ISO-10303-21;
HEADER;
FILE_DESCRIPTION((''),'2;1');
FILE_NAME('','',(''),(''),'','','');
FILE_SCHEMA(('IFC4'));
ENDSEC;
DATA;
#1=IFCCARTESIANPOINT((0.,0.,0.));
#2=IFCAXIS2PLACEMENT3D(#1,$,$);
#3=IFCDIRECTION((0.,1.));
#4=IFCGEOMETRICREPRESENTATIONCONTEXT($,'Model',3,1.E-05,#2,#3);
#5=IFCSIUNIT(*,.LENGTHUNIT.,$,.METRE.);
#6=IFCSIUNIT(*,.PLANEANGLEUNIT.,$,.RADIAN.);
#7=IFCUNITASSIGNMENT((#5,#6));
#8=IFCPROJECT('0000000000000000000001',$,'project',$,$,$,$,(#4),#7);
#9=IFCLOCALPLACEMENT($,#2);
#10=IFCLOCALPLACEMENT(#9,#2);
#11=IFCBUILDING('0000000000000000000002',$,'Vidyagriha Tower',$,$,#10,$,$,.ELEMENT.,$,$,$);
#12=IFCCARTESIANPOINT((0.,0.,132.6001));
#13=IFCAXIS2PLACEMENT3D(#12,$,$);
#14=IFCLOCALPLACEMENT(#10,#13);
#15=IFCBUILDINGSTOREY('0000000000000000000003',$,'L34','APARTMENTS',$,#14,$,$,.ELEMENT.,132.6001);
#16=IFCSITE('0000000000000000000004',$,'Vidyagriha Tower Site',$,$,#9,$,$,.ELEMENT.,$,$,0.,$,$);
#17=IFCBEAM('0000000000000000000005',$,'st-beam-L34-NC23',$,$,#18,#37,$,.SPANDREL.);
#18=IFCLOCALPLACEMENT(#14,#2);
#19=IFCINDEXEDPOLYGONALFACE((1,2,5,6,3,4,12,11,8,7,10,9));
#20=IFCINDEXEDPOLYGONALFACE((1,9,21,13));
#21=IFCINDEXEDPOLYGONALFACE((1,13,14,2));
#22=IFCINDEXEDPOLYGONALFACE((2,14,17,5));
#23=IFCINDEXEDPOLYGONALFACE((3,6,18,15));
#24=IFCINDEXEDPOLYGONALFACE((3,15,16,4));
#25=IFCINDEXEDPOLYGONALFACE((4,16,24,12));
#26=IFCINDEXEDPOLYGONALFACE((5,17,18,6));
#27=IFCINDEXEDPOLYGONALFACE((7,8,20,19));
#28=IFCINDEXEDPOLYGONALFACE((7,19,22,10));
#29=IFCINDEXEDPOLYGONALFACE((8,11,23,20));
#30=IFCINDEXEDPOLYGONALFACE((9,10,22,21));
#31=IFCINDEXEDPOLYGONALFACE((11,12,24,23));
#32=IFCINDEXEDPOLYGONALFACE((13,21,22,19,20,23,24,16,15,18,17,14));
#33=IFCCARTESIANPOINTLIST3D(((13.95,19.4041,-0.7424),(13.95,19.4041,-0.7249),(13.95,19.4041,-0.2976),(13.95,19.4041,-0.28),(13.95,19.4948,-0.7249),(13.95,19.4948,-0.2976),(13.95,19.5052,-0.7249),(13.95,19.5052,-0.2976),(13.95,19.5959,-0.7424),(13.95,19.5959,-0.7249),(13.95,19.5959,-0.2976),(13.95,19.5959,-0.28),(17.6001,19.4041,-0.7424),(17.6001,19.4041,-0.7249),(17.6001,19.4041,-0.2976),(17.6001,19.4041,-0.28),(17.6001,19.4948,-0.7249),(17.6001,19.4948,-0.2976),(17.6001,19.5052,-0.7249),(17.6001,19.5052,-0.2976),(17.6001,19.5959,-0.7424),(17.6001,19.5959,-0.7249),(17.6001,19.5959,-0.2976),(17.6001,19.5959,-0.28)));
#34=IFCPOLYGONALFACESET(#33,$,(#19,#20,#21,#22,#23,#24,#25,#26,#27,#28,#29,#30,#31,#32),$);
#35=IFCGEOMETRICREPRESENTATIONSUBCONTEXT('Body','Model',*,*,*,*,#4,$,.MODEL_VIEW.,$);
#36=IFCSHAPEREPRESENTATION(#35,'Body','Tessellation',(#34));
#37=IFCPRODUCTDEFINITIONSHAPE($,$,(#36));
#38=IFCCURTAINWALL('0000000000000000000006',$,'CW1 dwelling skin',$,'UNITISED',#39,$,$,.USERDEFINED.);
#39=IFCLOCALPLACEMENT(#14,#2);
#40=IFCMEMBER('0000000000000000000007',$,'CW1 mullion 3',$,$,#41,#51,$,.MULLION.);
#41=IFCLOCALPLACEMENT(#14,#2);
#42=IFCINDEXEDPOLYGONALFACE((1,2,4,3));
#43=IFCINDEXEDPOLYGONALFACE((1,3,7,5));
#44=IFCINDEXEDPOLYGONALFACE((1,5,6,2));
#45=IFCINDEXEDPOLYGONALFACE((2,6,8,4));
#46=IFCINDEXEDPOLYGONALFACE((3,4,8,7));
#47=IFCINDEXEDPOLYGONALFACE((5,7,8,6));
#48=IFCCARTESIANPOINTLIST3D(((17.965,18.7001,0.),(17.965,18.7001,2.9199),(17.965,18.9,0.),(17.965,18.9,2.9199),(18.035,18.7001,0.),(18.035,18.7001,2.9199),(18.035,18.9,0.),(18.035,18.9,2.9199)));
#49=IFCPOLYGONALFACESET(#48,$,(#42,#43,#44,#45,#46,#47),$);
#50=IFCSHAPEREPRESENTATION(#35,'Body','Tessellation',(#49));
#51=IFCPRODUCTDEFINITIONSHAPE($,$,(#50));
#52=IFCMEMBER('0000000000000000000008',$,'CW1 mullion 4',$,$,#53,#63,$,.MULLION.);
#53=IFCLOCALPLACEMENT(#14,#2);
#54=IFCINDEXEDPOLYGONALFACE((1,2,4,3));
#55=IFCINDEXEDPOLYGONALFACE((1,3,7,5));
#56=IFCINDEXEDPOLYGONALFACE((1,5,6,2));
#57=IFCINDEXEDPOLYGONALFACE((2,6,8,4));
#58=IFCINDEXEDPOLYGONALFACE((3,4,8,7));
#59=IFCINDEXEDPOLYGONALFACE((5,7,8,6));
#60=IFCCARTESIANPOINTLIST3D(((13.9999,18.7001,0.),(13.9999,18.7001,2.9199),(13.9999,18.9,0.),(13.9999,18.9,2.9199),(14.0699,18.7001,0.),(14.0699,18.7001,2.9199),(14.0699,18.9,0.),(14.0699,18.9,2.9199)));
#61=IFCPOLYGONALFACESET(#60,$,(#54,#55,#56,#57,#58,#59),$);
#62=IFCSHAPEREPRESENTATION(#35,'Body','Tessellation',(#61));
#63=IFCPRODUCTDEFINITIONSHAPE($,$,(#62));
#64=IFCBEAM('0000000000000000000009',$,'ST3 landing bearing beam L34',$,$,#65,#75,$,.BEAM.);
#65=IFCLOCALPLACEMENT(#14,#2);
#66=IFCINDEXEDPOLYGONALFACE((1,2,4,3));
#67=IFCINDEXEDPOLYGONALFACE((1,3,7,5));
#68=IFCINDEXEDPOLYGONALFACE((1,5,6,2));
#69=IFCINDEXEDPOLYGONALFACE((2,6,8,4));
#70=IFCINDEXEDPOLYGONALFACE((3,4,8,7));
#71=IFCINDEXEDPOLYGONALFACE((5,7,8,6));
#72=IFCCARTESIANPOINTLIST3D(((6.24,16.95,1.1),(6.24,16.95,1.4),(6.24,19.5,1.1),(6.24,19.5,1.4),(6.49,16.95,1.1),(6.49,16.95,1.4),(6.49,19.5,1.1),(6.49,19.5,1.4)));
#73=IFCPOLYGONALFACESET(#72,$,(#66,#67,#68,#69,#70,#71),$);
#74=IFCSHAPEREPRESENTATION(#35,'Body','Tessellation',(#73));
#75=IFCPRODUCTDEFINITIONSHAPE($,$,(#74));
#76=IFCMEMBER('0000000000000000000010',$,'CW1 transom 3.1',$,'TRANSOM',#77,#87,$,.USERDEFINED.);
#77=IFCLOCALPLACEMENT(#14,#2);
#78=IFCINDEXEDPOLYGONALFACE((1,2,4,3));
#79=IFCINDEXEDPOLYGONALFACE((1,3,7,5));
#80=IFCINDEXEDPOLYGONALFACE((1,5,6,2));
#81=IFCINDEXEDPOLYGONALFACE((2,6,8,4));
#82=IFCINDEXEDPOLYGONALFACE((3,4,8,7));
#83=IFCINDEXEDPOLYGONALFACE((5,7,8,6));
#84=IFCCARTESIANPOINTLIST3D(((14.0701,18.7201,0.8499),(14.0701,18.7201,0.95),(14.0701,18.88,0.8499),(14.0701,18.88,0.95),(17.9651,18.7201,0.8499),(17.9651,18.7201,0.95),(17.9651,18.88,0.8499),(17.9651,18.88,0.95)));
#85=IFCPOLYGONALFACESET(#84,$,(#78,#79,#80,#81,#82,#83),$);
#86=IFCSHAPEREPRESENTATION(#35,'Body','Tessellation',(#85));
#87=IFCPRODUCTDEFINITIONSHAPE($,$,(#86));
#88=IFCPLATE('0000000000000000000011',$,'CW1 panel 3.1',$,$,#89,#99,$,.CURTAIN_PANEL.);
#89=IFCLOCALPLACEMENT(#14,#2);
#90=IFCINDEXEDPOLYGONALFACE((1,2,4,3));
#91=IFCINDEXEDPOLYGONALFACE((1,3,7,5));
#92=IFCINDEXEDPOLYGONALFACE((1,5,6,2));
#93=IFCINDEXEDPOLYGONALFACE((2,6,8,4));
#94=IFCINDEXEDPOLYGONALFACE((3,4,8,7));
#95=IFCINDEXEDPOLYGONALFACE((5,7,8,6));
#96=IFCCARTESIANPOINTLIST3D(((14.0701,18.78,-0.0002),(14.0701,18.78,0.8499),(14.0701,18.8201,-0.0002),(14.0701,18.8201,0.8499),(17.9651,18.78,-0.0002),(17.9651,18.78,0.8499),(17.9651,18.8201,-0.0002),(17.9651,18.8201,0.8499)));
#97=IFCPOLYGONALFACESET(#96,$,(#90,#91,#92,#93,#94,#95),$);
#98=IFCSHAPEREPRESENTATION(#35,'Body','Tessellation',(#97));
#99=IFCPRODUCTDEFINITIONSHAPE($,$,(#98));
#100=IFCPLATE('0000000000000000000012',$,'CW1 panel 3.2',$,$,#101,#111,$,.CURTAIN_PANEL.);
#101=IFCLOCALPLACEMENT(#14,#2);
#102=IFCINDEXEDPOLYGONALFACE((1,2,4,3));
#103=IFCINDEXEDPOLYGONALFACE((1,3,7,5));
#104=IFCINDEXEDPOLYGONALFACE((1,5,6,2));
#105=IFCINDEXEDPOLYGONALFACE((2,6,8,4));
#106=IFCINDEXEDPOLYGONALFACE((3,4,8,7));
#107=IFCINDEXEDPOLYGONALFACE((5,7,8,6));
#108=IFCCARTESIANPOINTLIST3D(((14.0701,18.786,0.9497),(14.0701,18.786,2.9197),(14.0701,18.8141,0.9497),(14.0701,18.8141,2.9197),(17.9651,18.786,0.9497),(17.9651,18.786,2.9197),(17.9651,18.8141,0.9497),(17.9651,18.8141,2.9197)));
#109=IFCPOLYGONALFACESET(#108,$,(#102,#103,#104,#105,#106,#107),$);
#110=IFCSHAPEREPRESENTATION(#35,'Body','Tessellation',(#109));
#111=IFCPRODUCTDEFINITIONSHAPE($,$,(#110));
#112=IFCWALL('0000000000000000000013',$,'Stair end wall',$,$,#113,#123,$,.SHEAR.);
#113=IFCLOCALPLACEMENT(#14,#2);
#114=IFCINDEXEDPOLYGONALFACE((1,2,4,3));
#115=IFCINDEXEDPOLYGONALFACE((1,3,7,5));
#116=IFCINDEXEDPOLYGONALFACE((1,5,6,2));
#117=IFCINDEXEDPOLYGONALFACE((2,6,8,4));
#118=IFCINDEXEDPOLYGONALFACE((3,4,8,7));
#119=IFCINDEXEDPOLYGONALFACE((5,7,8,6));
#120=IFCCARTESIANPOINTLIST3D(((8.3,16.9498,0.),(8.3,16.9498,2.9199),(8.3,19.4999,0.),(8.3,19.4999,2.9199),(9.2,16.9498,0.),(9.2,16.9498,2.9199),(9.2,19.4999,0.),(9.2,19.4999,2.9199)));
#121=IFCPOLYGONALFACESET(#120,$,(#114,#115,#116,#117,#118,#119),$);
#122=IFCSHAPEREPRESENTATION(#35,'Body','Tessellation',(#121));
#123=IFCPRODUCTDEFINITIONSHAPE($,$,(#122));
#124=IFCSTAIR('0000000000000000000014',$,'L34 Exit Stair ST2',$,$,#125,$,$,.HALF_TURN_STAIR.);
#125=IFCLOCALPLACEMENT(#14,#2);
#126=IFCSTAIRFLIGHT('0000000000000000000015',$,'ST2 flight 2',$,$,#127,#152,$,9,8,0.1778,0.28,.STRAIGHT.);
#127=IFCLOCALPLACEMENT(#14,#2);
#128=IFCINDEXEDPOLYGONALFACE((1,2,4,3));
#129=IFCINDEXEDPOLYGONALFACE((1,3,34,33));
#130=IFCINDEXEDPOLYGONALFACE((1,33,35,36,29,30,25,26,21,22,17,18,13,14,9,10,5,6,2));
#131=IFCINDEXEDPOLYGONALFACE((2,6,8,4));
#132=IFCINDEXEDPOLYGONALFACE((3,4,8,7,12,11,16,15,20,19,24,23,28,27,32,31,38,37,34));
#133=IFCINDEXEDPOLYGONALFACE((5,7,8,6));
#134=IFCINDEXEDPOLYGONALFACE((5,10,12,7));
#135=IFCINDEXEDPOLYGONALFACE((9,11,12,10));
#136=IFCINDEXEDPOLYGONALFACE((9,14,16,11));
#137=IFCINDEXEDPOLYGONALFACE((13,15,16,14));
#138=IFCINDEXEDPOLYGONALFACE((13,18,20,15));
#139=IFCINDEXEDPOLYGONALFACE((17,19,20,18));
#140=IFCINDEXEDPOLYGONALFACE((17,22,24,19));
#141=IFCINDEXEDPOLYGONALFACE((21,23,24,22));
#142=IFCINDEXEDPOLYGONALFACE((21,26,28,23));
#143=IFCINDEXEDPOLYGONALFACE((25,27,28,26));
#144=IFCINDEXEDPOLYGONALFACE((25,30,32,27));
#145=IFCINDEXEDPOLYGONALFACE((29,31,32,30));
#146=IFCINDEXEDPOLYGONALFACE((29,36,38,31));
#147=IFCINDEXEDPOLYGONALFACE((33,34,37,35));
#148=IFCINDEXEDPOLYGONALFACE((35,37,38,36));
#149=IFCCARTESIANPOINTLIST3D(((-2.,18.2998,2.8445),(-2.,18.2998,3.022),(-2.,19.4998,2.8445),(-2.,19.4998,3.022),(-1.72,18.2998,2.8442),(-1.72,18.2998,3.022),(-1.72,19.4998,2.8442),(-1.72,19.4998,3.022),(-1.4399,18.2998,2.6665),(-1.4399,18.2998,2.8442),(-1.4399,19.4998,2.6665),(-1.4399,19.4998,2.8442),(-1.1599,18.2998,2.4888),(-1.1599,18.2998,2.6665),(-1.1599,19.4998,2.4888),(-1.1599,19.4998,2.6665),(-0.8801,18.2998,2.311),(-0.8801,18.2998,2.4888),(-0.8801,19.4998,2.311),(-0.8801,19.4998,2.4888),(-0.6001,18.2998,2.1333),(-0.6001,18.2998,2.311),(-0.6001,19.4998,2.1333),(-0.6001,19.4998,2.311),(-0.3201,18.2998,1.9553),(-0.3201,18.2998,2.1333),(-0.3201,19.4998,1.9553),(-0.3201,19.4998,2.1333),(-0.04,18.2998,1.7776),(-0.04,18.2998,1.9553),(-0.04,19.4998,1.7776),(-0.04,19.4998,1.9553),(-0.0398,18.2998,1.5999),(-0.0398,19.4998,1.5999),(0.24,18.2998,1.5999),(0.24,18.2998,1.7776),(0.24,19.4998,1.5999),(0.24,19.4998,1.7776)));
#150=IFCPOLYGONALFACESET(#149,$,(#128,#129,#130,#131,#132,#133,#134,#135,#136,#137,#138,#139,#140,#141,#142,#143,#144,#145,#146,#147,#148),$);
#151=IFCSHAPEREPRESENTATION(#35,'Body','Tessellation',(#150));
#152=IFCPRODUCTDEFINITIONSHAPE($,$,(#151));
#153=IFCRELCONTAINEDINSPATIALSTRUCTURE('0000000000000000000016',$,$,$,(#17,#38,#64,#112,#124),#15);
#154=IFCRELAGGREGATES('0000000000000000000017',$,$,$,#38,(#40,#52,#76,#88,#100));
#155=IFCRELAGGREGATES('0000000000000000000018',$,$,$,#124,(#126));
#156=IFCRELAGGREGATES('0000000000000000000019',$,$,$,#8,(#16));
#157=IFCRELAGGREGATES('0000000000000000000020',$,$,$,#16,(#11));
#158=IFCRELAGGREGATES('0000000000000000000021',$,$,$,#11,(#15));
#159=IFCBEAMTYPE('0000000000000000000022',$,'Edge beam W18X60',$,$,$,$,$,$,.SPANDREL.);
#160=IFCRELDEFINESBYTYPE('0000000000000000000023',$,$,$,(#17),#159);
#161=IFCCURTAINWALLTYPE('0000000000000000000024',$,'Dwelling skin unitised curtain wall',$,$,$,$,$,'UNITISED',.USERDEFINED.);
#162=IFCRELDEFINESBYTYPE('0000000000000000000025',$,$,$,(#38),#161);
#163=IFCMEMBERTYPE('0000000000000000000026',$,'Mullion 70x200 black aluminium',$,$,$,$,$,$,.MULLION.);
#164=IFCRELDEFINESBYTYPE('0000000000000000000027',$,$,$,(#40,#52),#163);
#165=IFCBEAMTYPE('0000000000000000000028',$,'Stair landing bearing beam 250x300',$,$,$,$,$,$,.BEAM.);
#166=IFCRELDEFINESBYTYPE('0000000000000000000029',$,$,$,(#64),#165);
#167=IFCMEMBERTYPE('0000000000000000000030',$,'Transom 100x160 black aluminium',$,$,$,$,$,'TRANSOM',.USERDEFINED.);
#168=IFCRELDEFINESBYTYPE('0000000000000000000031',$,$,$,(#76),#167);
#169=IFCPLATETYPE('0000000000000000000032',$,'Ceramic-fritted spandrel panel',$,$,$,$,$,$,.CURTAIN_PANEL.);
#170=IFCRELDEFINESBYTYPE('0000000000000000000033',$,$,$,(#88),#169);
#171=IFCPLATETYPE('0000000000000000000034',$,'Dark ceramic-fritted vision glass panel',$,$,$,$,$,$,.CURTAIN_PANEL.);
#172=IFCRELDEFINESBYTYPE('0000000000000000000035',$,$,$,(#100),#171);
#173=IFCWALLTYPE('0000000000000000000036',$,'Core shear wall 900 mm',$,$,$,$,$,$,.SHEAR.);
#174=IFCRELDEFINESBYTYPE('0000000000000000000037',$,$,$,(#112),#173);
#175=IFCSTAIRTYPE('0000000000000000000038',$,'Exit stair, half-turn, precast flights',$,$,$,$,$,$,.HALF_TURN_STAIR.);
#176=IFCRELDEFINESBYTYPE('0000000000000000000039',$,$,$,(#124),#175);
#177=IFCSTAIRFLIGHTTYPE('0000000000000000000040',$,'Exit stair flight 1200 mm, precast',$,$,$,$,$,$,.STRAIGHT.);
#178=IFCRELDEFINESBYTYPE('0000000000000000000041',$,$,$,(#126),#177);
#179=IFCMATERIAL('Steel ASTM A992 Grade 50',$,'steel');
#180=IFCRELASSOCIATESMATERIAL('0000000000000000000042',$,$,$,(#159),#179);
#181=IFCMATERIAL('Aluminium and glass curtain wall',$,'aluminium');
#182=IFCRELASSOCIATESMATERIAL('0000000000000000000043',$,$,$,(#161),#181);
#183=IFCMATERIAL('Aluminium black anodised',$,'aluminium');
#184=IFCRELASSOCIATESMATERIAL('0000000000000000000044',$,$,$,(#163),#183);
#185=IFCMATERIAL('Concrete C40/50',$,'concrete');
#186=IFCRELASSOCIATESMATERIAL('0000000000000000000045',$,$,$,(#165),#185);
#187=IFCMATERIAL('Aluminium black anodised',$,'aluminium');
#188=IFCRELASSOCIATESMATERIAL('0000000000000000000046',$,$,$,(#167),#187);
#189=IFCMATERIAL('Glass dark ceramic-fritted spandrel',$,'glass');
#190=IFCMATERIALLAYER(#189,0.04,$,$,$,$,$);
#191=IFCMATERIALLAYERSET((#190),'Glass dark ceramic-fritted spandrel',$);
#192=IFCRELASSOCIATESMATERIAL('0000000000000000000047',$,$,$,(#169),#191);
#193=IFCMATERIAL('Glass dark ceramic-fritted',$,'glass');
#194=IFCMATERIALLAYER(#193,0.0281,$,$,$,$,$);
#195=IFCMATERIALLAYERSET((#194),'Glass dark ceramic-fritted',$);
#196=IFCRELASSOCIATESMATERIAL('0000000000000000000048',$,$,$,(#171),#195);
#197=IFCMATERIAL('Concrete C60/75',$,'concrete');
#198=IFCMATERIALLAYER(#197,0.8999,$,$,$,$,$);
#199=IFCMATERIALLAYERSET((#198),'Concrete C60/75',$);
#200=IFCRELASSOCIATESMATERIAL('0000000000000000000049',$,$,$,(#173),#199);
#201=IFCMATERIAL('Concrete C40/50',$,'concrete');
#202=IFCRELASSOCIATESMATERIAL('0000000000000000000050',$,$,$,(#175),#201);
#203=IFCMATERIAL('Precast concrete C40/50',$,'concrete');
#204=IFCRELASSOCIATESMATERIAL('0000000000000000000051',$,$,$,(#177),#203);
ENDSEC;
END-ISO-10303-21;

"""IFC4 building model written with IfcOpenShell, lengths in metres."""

from ifc_helpers import new_model, si_unit, direction, frame, frame_2d, origin, origin_2d, place, context, subcontext, project, spatial, polyline, rectangle, i_section, outline, extrude, material, layer, layer_set, material_profile, profile_set, type_object, element, aggregate, save


model = new_model("IFC4")

# Units and contexts
model_context = context("Model", 3, precision=1e-05, world=origin(), true_north=direction((0.0, 1.0)))
body_context = subcontext(model_context, "Body", "Model", "MODEL_VIEW")
ifc_project = project(units=[si_unit("LENGTHUNIT", "METRE"), si_unit("PLANEANGLEUNIT", "RADIAN")], contexts=[model_context])

# Site, building, storey
site_placement = place(None, origin())
site = spatial("IfcSite", under=ifc_project, at=site_placement, Name="Vidyagriha Tower Site", CompositionType="ELEMENT", RefElevation=0.0)
building_placement = place(site_placement, origin())
building = spatial("IfcBuilding", under=site, at=building_placement, Name="Vidyagriha Tower", CompositionType="ELEMENT")
storey_placement = place(building_placement, frame((0.0, 0.0, 132.6001)))
storey = spatial("IfcBuildingStorey", under=building, at=storey_placement, Name="L34", Description="APARTMENTS", CompositionType="ELEMENT", Elevation=132.6001)

# Beam
ifc_material_1 = material(Name="Steel ASTM A992 Grade 50", Category="steel")
ifc_material_profile_1 = material_profile(ifc_material_1, i_section(OverallWidth=0.1919, OverallDepth=0.4624, WebThickness=0.0105, FlangeThickness=0.0176, at=origin_2d()), Name="W18X60")
ifc_profile_set_1 = profile_set([ifc_material_profile_1], Name="Steel ASTM A992 Grade 50")
beam_type_1 = type_object("IfcBeamType", Name="Edge beam W18X60", PredefinedType="SPANDREL", material=ifc_profile_set_1)
beam_1_placement = place(storey_placement, frame((13.95, 19.5, -0.5112), z_axis=(1.0, 0.0, 0.0), x_axis=(0.0, 1.0, 0.0)))
element("IfcBeam", 1, at=beam_1_placement, inside=storey, type_object=beam_type_1, Name="st-beam-L34-NC23", PredefinedType="SPANDREL", context=body_context, shape_type="SweptSolid", body=[
    extrude(i_section(OverallWidth=0.1919, OverallDepth=0.4624, WebThickness=0.0105, FlangeThickness=0.0176, at=origin_2d()), origin(), (0.0, 0.0, 1.0), 3.6501),
])

# Curtain wall, members
ifc_material_2 = material(Name="Aluminium and glass curtain wall", Category="aluminium")
curtain_wall_type = type_object("IfcCurtainWallType", Name="Dwelling skin unitised curtain wall", ElementType="UNITISED", PredefinedType="USERDEFINED", material=ifc_material_2)
curtain_wall_placement = place(storey_placement, origin())
curtain_wall = element("IfcCurtainWall", 2, at=curtain_wall_placement, inside=storey, type_object=curtain_wall_type, Name="CW1 dwelling skin", ObjectType="UNITISED", PredefinedType="USERDEFINED")
ifc_material_3 = material(Name="Aluminium black anodised", Category="aluminium")
ifc_material_profile_2 = material_profile(ifc_material_3, rectangle(XDim=0.2, YDim=0.0701, at=origin_2d()), Name="Mullion 70x200 black aluminium")
ifc_profile_set_2 = profile_set([ifc_material_profile_2], Name="Aluminium black anodised")
member_type_1 = type_object("IfcMemberType", Name="Mullion 70x200 black aluminium", PredefinedType="MULLION", material=ifc_profile_set_2)
member_1_placement = place(storey_placement, frame((18.0, 18.8, 0.0), z_axis=(0.0, 0.0, 1.0), x_axis=(0.0, -1.0, 0.0)))
member_1 = element("IfcMember", 3, at=member_1_placement, type_object=member_type_1, Name="CW1 mullion 3", PredefinedType="MULLION", context=body_context, shape_type="SweptSolid", body=[
    extrude(rectangle(XDim=0.2, YDim=0.0701, at=origin_2d()), origin(), (0.0, 0.0, 1.0), 2.9199),
])
member_2_placement = place(storey_placement, frame((14.0349, 18.8, 0.0), z_axis=(0.0, 0.0, 1.0), x_axis=(0.0, -1.0, 0.0)))
member_2 = element("IfcMember", 4, at=member_2_placement, type_object=member_type_1, Name="CW1 mullion 4", PredefinedType="MULLION", context=body_context, shape_type="SweptSolid", body=[
    extrude(rectangle(XDim=0.2, YDim=0.0701, at=origin_2d()), origin(), (0.0, 0.0, 1.0), 2.9199),
])

# Beam
ifc_material_4 = material(Name="Concrete C40/50", Category="concrete")
ifc_material_profile_3 = material_profile(ifc_material_4, rectangle(XDim=0.25, YDim=0.3, at=origin_2d()), Name="Stair landing bearing beam 250x300")
ifc_profile_set_3 = profile_set([ifc_material_profile_3], Name="Concrete C40/50")
beam_type_2 = type_object("IfcBeamType", Name="Stair landing bearing beam 250x300", PredefinedType="BEAM", material=ifc_profile_set_3)
beam_2_placement = place(storey_placement, frame((6.365, 16.95, 1.25), z_axis=(0.0, 1.0, 0.0), x_axis=(-1.0, 0.0, 0.0)))
element("IfcBeam", 5, at=beam_2_placement, inside=storey, type_object=beam_type_2, Name="ST3 landing bearing beam L34", PredefinedType="BEAM", context=body_context, shape_type="SweptSolid", body=[
    extrude(rectangle(XDim=0.25, YDim=0.3, at=origin_2d()), origin(), (0.0, 0.0, 1.0), 2.55),
])

# Member
ifc_material_5 = material(Name="Aluminium black anodised", Category="aluminium")
ifc_material_profile_4 = material_profile(ifc_material_5, rectangle(XDim=0.1599, YDim=0.1001, at=origin_2d()), Name="Transom 100x160 black aluminium")
ifc_profile_set_4 = profile_set([ifc_material_profile_4], Name="Aluminium black anodised")
member_type_2 = type_object("IfcMemberType", Name="Transom 100x160 black aluminium", ElementType="TRANSOM", PredefinedType="USERDEFINED", material=ifc_profile_set_4)
member_3_placement = place(storey_placement, frame((17.9651, 18.8, 0.8999), z_axis=(-1.0, 0.0, 0.0), x_axis=(0.0, -1.0, 0.0)))
member_3 = element("IfcMember", 6, at=member_3_placement, type_object=member_type_2, Name="CW1 transom 3.1", ObjectType="TRANSOM", PredefinedType="USERDEFINED", context=body_context, shape_type="SweptSolid", body=[
    extrude(rectangle(XDim=0.1599, YDim=0.1001, at=origin_2d()), origin(), (0.0, 0.0, 1.0), 3.895),
])

# Plates
ifc_material_6 = material(Name="Glass dark ceramic-fritted spandrel", Category="glass")
ifc_layer_1 = layer(ifc_material_6, 0.04)
ifc_layer_set_1 = layer_set([ifc_layer_1], Name="Glass dark ceramic-fritted spandrel")
plate_type_1 = type_object("IfcPlateType", Name="Ceramic-fritted spandrel panel", PredefinedType="CURTAIN_PANEL", material=ifc_layer_set_1)
plate_1_placement = place(storey_placement, frame((16.0176, 18.8, -0.0002), z_axis=(0.0, 0.0, 1.0), x_axis=(-1.0, 0.0, 0.0)))
plate_1 = element("IfcPlate", 7, at=plate_1_placement, type_object=plate_type_1, Name="CW1 panel 3.1", PredefinedType="CURTAIN_PANEL", context=body_context, shape_type="SweptSolid", body=[
    extrude(rectangle(XDim=3.895, YDim=0.04, at=origin_2d()), origin(), (0.0, 0.0, 1.0), 0.8501),
])
ifc_material_7 = material(Name="Glass dark ceramic-fritted", Category="glass")
ifc_layer_2 = layer(ifc_material_7, 0.0281)
ifc_layer_set_2 = layer_set([ifc_layer_2], Name="Glass dark ceramic-fritted")
plate_type_2 = type_object("IfcPlateType", Name="Dark ceramic-fritted vision glass panel", PredefinedType="CURTAIN_PANEL", material=ifc_layer_set_2)
plate_2_placement = place(storey_placement, frame((16.0176, 18.8, 0.9497), z_axis=(0.0, 0.0, 1.0), x_axis=(-1.0, 0.0, 0.0)))
plate_2 = element("IfcPlate", 8, at=plate_2_placement, type_object=plate_type_2, Name="CW1 panel 3.2", PredefinedType="CURTAIN_PANEL", context=body_context, shape_type="SweptSolid", body=[
    extrude(rectangle(XDim=3.895, YDim=0.0281, at=origin_2d()), origin(), (0.0, 0.0, 1.0), 1.97),
])
aggregate(curtain_wall, [member_1, member_2, member_3, plate_1, plate_2])

# Wall
ifc_material_8 = material(Name="Concrete C60/75", Category="concrete")
ifc_layer_3 = layer(ifc_material_8, 0.8999)
ifc_layer_set_3 = layer_set([ifc_layer_3], Name="Concrete C60/75")
wall_type = type_object("IfcWallType", Name="Core shear wall 900 mm", PredefinedType="SHEAR", material=ifc_layer_set_3)
wall_placement = place(storey_placement, frame((8.75, 16.95, 0.0), z_axis=(0.0, 0.0, 1.0), x_axis=(0.0, 1.0, 0.0)))
element("IfcWall", 9, at=wall_placement, inside=storey, type_object=wall_type, Name="Stair end wall", PredefinedType="SHEAR", context=body_context, shape_type="SweptSolid", body=[
    extrude(rectangle(XDim=2.55, YDim=0.8999, at=frame_2d((1.2749, 0.0))), origin(), (0.0, 0.0, 1.0), 2.9199),
])

# Stair, stair flight
ifc_material_9 = material(Name="Concrete C40/50", Category="concrete")
stair_type = type_object("IfcStairType", Name="Exit stair, half-turn, precast flights", PredefinedType="HALF_TURN_STAIR", material=ifc_material_9)
stair_1_placement = place(storey_placement, origin())
stair_1 = element("IfcStair", 10, at=stair_1_placement, inside=storey, type_object=stair_type, Name="L34 Exit Stair ST2", PredefinedType="HALF_TURN_STAIR")
ifc_material_10 = material(Name="Precast concrete C40/50", Category="concrete")
stair_flight_type = type_object("IfcStairFlightType", Name="Exit stair flight 1200 mm, precast", PredefinedType="STRAIGHT", material=ifc_material_10)
stair_flight_1_placement = place(storey_placement, frame((0.24, 18.8999, 1.5999), z_axis=(0.0, 0.0, 1.0), x_axis=(-1.0, 0.0, 0.0)))
stair_flight_1 = element("IfcStairFlight", 11, at=stair_flight_1_placement, type_object=stair_flight_type, Name="ST2 flight 2", NumberOfRisers=9, NumberOfTreads=8, PredefinedType="STRAIGHT", RiserHeight=0.1778, TreadLength=0.28, context=body_context, shape_type="SweptSolid", body=[
    extrude(outline(polyline([(0.0, 0.0), (0.0, 0.1777), (0.28, 0.1777), (0.28, 0.3555), (0.5601, 0.3555), (0.5601, 0.5334), (0.8401, 0.5334), (0.8401, 0.7112), (1.1201, 0.7112), (1.1201, 0.8889), (1.3999, 0.8889), (1.3999, 1.0667), (1.6799, 1.0667), (1.6799, 1.2444), (1.96, 1.2444), (1.96, 1.4221), (2.24, 1.4221), (2.24, 1.6001), (2.24, 1.2446), (0.2798, 0.0), (0.0, 0.0)])), frame((0.0, 0.6001, 0.0), z_axis=(0.0, -1.0, 0.0), x_axis=(1.0, 0.0, 0.0)), (0.0, 0.0, 1.0), 1.2),
])
aggregate(stair_1, [stair_flight_1])

save(model, "model.ifc")
